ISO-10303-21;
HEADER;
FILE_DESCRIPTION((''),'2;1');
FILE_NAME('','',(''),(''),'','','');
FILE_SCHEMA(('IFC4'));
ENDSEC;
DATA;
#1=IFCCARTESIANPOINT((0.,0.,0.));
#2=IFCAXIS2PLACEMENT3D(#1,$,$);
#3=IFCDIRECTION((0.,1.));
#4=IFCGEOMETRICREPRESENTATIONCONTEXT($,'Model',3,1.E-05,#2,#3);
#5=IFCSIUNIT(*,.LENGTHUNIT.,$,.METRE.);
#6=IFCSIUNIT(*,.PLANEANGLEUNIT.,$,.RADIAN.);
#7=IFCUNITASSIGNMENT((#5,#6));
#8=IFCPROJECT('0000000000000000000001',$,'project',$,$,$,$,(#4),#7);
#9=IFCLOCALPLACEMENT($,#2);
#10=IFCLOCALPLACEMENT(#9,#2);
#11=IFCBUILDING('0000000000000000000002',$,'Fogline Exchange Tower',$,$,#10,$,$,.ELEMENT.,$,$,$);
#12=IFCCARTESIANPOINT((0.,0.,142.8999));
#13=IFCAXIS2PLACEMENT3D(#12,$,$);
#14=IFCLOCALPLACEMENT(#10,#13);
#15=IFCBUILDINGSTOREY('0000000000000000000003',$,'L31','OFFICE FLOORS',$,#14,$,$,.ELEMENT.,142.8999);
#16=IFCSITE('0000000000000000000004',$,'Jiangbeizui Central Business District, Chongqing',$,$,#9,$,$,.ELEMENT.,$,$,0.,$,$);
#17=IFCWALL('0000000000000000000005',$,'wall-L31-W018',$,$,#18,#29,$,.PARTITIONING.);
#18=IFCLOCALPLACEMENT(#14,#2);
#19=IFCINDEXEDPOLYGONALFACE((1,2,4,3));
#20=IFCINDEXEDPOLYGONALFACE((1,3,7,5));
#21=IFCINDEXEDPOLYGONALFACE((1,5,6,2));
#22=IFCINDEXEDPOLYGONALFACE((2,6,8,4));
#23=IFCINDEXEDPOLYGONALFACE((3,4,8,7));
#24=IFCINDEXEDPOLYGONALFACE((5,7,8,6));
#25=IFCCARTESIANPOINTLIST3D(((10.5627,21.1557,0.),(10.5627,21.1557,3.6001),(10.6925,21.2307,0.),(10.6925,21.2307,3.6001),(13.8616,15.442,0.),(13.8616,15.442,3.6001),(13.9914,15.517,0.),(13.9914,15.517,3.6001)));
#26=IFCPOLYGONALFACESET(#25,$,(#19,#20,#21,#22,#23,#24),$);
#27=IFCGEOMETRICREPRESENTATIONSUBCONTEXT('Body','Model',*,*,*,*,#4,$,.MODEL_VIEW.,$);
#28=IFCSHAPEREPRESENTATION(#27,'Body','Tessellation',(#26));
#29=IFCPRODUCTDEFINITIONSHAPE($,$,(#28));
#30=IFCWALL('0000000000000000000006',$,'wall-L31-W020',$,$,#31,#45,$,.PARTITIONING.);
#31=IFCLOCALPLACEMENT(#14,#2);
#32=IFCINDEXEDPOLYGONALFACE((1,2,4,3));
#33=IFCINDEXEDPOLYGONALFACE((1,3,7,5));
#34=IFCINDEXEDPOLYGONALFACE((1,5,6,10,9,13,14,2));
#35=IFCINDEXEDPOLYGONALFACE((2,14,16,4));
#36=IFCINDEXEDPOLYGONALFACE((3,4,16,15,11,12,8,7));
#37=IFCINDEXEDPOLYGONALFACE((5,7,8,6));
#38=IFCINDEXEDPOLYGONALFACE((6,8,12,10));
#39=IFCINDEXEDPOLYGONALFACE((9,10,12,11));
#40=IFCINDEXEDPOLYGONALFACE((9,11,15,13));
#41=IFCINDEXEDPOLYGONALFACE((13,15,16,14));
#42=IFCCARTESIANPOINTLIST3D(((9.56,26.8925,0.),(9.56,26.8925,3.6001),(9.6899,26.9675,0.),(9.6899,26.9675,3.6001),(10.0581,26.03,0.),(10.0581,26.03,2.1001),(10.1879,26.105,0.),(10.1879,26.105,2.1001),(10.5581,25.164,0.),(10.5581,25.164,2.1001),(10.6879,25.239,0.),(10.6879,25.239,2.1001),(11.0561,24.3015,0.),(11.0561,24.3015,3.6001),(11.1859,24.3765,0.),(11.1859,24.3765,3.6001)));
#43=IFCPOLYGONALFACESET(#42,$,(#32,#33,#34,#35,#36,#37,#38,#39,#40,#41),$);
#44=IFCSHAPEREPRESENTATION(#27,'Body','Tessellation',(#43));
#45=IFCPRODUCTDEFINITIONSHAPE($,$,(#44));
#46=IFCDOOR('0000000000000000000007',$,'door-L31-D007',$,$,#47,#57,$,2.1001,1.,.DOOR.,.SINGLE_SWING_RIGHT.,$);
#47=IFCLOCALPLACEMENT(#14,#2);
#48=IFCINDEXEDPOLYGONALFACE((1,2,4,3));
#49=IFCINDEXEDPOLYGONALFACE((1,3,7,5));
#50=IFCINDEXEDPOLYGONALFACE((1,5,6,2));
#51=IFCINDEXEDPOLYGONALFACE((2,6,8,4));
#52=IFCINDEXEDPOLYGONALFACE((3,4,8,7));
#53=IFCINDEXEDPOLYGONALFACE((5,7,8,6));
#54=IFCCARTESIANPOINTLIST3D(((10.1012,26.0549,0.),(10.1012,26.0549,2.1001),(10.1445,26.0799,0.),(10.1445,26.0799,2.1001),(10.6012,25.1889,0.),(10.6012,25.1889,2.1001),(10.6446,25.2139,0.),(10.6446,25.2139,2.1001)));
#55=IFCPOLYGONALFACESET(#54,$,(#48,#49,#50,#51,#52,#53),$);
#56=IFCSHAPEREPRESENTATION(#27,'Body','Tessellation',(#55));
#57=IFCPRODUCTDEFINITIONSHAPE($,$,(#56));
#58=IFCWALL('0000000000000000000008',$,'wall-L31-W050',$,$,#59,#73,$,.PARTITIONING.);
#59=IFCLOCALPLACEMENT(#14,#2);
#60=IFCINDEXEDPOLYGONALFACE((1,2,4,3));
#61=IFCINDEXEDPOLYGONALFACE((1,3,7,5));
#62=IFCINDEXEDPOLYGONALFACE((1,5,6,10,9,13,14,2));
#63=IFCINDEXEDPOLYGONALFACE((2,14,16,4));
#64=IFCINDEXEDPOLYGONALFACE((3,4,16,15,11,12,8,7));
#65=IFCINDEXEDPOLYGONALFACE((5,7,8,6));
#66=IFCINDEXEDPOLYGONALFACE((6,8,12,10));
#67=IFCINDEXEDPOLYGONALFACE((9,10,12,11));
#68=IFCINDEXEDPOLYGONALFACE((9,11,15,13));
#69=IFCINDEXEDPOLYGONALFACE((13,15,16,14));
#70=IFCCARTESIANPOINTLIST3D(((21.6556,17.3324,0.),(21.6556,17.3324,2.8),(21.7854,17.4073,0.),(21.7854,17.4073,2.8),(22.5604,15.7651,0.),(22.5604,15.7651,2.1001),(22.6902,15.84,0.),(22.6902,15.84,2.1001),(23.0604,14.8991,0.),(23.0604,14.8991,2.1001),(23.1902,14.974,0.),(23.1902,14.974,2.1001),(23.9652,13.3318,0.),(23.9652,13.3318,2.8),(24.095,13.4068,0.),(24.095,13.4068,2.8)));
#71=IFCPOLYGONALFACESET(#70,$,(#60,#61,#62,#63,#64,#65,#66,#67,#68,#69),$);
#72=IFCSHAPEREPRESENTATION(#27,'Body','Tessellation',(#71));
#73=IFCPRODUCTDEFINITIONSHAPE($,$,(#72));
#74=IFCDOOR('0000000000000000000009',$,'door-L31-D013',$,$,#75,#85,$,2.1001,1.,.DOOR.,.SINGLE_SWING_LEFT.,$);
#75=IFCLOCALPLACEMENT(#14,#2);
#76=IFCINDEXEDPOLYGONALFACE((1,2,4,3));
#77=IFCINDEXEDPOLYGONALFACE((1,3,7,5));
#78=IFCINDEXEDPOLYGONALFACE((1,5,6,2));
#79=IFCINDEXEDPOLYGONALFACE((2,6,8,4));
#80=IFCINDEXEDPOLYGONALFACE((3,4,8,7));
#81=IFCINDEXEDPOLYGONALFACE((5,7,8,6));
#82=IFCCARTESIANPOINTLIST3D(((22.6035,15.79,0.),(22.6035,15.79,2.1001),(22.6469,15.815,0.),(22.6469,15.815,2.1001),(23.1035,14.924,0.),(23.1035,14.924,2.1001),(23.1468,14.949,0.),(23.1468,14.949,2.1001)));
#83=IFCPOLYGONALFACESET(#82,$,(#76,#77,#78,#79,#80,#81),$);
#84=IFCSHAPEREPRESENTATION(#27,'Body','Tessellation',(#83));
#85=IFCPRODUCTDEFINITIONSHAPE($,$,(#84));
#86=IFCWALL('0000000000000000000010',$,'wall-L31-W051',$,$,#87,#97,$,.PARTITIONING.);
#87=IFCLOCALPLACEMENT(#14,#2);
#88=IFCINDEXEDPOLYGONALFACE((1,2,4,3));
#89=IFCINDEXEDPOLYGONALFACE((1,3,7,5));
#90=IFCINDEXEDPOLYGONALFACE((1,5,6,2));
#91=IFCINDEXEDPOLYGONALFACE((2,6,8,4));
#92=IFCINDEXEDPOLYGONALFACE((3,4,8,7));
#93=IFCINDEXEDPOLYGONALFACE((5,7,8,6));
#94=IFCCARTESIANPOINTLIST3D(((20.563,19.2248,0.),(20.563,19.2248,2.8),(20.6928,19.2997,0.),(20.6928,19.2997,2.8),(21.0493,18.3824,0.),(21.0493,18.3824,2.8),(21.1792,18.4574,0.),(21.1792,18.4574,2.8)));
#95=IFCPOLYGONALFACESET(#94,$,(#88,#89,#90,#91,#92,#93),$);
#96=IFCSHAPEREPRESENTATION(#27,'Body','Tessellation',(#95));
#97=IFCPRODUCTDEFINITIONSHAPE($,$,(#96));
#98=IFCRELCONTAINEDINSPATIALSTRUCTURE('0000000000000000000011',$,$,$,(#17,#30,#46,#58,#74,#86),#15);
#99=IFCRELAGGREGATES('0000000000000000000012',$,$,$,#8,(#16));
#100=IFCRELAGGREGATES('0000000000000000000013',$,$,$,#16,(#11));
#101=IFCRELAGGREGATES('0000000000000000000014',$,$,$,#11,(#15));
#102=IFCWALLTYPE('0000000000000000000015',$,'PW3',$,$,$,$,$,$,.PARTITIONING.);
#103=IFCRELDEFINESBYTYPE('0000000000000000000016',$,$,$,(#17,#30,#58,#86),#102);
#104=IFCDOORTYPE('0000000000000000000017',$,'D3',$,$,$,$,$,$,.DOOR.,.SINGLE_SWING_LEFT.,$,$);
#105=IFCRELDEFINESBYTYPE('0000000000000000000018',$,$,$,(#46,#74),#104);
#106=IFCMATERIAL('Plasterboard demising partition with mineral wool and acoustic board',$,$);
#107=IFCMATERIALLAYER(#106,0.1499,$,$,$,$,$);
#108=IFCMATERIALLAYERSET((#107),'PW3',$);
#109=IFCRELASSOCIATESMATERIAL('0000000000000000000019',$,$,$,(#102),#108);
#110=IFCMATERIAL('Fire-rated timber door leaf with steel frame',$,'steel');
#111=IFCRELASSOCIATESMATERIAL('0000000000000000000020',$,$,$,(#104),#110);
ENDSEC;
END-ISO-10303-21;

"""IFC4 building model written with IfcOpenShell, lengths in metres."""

from ifc_helpers import new_model, si_unit, direction, frame, frame_2d, origin, place, context, subcontext, project, spatial, rectangle, extrude, material, layer, layer_set, type_object, element, fill, save


model = new_model("IFC4")

# Units and contexts
model_context = context("Model", 3, precision=1e-05, world=origin(), true_north=direction((0.0, 1.0)))
body_context = subcontext(model_context, "Body", "Model", "MODEL_VIEW")
ifc_project = project(units=[si_unit("LENGTHUNIT", "METRE"), si_unit("PLANEANGLEUNIT", "RADIAN")], contexts=[model_context])

# Site, building, storey
site_placement = place(None, origin())
site = spatial("IfcSite", under=ifc_project, at=site_placement, Name="Jiangbeizui Central Business District, Chongqing", CompositionType="ELEMENT", RefElevation=0.0)
building_placement = place(site_placement, origin())
building = spatial("IfcBuilding", under=site, at=building_placement, Name="Fogline Exchange Tower", CompositionType="ELEMENT")
storey_placement = place(building_placement, frame((0.0, 0.0, 142.8999)))
storey = spatial("IfcBuildingStorey", under=building, at=storey_placement, Name="L31", Description="OFFICE FLOORS", CompositionType="ELEMENT", Elevation=142.8999)

# Shared definitions
ifc_material_1 = material(Name="Plasterboard demising partition with mineral wool and acoustic board")
ifc_layer_1 = layer(ifc_material_1, 0.1499)
ifc_layer_set_1 = layer_set([ifc_layer_1], Name="PW3")
wall_type_1 = type_object("IfcWallType", Name="PW3", PredefinedType="PARTITIONING", material=ifc_layer_set_1)

# Shared definitions
ifc_material_2 = material(Name="Fire-rated timber door leaf with steel frame", Category="steel")
door_type_1 = type_object("IfcDoorType", Name="D3", OperationType="SINGLE_SWING_LEFT", PredefinedType="DOOR", material=ifc_material_2)

# Wall
wall_1_placement = place(storey_placement, frame((13.9265, 15.4795, 0.0), z_axis=(0.0, 0.0, 1.0), x_axis=(-0.500008, 0.866021, 0.0)))
element("IfcWall", 1, at=wall_1_placement, inside=storey, type_object=wall_type_1, Name="wall-L31-W018", PredefinedType="PARTITIONING", context=body_context, shape_type="SweptSolid", body=[
    extrude(rectangle(XDim=6.5977, YDim=0.1499, at=frame_2d((3.2988, 0.0))), origin(), (0.0, 0.0, 1.0), 3.6001),
])

# Walls, openings, doors
wall_2_placement = place(storey_placement, frame((11.1211, 24.3389, 0.0), z_axis=(0.0, 0.0, 1.0), x_axis=(-0.500036, 0.866005, 0.0)))
wall_2 = element("IfcWall", 2, at=wall_2_placement, inside=storey, type_object=wall_type_1, Name="wall-L31-W020", PredefinedType="PARTITIONING", context=body_context, shape_type="SweptSolid", body=[
    extrude(rectangle(XDim=2.9919, YDim=0.1499, at=frame_2d((1.4961, 0.0))), origin(), (0.0, 0.0, 1.0), 3.6001),
])
opening_1_placement = place(wall_2_placement, frame((0.9961, 0.0, 0.0)))
opening_1 = element("IfcOpeningElement", 3, at=opening_1_placement, cuts=wall_2, PredefinedType="OPENING", context=body_context, shape_type="SweptSolid", body=[
    extrude(rectangle(XDim=1.0, YDim=2.1001, at=frame_2d((0.5, 1.05))), frame((0.0, 0.085, 0.0), z_axis=(0.0, -1.0, 0.0), x_axis=(1.0, 0.0, 0.0)), (0.0, 0.0, 1.0), 0.1699),
])
door_1_placement = place(opening_1_placement, frame((1.0, 0.0, 0.0), z_axis=(0.0, 0.0, 1.0), x_axis=(-1.0, 0.0, 0.0)))
door_1 = element("IfcDoor", 4, at=door_1_placement, inside=storey, type_object=door_type_1, Name="door-L31-D007", OperationType="SINGLE_SWING_RIGHT", OverallHeight=2.1001, OverallWidth=1.0, PredefinedType="DOOR", context=body_context, shape_type="SweptSolid", body=[
    extrude(rectangle(XDim=1.0, YDim=2.1001, at=frame_2d((0.5, 1.05))), frame((0.0, 0.0249, 0.0), z_axis=(0.0, -1.0, 0.0), x_axis=(1.0, 0.0, 0.0)), (0.0, 0.0, 1.0), 0.05),
])
fill(opening_1, door_1)
wall_3_placement = place(storey_placement, frame((24.03, 13.3694, 0.0), z_axis=(0.0, 0.0, 1.0), x_axis=(-0.499982, 0.866036, 0.0)))
wall_3 = element("IfcWall", 5, at=wall_3_placement, inside=storey, type_object=wall_type_1, Name="wall-L31-W050", PredefinedType="PARTITIONING", context=body_context, shape_type="SweptSolid", body=[
    extrude(rectangle(XDim=4.6194, YDim=0.1499, at=frame_2d((2.3096, 0.0))), origin(), (0.0, 0.0, 1.0), 2.8),
])
opening_2_placement = place(wall_3_placement, frame((1.8096, 0.0, 0.0)))
opening_2 = element("IfcOpeningElement", 6, at=opening_2_placement, cuts=wall_3, PredefinedType="OPENING", context=body_context, shape_type="SweptSolid", body=[
    extrude(rectangle(XDim=1.0, YDim=2.1001, at=frame_2d((0.5, 1.05))), frame((0.0, 0.085, 0.0), z_axis=(0.0, -1.0, 0.0), x_axis=(1.0, 0.0, 0.0)), (0.0, 0.0, 1.0), 0.1699),
])
door_2_placement = place(opening_2_placement, frame((1.0, 0.0, 0.0), z_axis=(0.0, 0.0, 1.0), x_axis=(-1.0, 0.0, 0.0)))
door_2 = element("IfcDoor", 7, at=door_2_placement, inside=storey, type_object=door_type_1, Name="door-L31-D013", OperationType="SINGLE_SWING_LEFT", OverallHeight=2.1001, OverallWidth=1.0, PredefinedType="DOOR", context=body_context, shape_type="SweptSolid", body=[
    extrude(rectangle(XDim=1.0, YDim=2.1001, at=frame_2d((0.5, 1.05))), frame((0.0, 0.0249, 0.0), z_axis=(0.0, -1.0, 0.0), x_axis=(1.0, 0.0, 0.0)), (0.0, 0.0, 1.0), 0.05),
])
fill(opening_2, door_2)

# Wall
wall_4_placement = place(storey_placement, frame((21.1143, 18.4199, 0.0), z_axis=(0.0, 0.0, 1.0), x_axis=(-0.500027, 0.86601, 0.0)))
element("IfcWall", 8, at=wall_4_placement, inside=storey, type_object=wall_type_1, Name="wall-L31-W051", PredefinedType="PARTITIONING", context=body_context, shape_type="SweptSolid", body=[
    extrude(rectangle(XDim=0.9727, YDim=0.1499, at=frame_2d((0.4863, 0.0))), origin(), (0.0, 0.0, 1.0), 2.8),
])

save(model, "model.ifc")
